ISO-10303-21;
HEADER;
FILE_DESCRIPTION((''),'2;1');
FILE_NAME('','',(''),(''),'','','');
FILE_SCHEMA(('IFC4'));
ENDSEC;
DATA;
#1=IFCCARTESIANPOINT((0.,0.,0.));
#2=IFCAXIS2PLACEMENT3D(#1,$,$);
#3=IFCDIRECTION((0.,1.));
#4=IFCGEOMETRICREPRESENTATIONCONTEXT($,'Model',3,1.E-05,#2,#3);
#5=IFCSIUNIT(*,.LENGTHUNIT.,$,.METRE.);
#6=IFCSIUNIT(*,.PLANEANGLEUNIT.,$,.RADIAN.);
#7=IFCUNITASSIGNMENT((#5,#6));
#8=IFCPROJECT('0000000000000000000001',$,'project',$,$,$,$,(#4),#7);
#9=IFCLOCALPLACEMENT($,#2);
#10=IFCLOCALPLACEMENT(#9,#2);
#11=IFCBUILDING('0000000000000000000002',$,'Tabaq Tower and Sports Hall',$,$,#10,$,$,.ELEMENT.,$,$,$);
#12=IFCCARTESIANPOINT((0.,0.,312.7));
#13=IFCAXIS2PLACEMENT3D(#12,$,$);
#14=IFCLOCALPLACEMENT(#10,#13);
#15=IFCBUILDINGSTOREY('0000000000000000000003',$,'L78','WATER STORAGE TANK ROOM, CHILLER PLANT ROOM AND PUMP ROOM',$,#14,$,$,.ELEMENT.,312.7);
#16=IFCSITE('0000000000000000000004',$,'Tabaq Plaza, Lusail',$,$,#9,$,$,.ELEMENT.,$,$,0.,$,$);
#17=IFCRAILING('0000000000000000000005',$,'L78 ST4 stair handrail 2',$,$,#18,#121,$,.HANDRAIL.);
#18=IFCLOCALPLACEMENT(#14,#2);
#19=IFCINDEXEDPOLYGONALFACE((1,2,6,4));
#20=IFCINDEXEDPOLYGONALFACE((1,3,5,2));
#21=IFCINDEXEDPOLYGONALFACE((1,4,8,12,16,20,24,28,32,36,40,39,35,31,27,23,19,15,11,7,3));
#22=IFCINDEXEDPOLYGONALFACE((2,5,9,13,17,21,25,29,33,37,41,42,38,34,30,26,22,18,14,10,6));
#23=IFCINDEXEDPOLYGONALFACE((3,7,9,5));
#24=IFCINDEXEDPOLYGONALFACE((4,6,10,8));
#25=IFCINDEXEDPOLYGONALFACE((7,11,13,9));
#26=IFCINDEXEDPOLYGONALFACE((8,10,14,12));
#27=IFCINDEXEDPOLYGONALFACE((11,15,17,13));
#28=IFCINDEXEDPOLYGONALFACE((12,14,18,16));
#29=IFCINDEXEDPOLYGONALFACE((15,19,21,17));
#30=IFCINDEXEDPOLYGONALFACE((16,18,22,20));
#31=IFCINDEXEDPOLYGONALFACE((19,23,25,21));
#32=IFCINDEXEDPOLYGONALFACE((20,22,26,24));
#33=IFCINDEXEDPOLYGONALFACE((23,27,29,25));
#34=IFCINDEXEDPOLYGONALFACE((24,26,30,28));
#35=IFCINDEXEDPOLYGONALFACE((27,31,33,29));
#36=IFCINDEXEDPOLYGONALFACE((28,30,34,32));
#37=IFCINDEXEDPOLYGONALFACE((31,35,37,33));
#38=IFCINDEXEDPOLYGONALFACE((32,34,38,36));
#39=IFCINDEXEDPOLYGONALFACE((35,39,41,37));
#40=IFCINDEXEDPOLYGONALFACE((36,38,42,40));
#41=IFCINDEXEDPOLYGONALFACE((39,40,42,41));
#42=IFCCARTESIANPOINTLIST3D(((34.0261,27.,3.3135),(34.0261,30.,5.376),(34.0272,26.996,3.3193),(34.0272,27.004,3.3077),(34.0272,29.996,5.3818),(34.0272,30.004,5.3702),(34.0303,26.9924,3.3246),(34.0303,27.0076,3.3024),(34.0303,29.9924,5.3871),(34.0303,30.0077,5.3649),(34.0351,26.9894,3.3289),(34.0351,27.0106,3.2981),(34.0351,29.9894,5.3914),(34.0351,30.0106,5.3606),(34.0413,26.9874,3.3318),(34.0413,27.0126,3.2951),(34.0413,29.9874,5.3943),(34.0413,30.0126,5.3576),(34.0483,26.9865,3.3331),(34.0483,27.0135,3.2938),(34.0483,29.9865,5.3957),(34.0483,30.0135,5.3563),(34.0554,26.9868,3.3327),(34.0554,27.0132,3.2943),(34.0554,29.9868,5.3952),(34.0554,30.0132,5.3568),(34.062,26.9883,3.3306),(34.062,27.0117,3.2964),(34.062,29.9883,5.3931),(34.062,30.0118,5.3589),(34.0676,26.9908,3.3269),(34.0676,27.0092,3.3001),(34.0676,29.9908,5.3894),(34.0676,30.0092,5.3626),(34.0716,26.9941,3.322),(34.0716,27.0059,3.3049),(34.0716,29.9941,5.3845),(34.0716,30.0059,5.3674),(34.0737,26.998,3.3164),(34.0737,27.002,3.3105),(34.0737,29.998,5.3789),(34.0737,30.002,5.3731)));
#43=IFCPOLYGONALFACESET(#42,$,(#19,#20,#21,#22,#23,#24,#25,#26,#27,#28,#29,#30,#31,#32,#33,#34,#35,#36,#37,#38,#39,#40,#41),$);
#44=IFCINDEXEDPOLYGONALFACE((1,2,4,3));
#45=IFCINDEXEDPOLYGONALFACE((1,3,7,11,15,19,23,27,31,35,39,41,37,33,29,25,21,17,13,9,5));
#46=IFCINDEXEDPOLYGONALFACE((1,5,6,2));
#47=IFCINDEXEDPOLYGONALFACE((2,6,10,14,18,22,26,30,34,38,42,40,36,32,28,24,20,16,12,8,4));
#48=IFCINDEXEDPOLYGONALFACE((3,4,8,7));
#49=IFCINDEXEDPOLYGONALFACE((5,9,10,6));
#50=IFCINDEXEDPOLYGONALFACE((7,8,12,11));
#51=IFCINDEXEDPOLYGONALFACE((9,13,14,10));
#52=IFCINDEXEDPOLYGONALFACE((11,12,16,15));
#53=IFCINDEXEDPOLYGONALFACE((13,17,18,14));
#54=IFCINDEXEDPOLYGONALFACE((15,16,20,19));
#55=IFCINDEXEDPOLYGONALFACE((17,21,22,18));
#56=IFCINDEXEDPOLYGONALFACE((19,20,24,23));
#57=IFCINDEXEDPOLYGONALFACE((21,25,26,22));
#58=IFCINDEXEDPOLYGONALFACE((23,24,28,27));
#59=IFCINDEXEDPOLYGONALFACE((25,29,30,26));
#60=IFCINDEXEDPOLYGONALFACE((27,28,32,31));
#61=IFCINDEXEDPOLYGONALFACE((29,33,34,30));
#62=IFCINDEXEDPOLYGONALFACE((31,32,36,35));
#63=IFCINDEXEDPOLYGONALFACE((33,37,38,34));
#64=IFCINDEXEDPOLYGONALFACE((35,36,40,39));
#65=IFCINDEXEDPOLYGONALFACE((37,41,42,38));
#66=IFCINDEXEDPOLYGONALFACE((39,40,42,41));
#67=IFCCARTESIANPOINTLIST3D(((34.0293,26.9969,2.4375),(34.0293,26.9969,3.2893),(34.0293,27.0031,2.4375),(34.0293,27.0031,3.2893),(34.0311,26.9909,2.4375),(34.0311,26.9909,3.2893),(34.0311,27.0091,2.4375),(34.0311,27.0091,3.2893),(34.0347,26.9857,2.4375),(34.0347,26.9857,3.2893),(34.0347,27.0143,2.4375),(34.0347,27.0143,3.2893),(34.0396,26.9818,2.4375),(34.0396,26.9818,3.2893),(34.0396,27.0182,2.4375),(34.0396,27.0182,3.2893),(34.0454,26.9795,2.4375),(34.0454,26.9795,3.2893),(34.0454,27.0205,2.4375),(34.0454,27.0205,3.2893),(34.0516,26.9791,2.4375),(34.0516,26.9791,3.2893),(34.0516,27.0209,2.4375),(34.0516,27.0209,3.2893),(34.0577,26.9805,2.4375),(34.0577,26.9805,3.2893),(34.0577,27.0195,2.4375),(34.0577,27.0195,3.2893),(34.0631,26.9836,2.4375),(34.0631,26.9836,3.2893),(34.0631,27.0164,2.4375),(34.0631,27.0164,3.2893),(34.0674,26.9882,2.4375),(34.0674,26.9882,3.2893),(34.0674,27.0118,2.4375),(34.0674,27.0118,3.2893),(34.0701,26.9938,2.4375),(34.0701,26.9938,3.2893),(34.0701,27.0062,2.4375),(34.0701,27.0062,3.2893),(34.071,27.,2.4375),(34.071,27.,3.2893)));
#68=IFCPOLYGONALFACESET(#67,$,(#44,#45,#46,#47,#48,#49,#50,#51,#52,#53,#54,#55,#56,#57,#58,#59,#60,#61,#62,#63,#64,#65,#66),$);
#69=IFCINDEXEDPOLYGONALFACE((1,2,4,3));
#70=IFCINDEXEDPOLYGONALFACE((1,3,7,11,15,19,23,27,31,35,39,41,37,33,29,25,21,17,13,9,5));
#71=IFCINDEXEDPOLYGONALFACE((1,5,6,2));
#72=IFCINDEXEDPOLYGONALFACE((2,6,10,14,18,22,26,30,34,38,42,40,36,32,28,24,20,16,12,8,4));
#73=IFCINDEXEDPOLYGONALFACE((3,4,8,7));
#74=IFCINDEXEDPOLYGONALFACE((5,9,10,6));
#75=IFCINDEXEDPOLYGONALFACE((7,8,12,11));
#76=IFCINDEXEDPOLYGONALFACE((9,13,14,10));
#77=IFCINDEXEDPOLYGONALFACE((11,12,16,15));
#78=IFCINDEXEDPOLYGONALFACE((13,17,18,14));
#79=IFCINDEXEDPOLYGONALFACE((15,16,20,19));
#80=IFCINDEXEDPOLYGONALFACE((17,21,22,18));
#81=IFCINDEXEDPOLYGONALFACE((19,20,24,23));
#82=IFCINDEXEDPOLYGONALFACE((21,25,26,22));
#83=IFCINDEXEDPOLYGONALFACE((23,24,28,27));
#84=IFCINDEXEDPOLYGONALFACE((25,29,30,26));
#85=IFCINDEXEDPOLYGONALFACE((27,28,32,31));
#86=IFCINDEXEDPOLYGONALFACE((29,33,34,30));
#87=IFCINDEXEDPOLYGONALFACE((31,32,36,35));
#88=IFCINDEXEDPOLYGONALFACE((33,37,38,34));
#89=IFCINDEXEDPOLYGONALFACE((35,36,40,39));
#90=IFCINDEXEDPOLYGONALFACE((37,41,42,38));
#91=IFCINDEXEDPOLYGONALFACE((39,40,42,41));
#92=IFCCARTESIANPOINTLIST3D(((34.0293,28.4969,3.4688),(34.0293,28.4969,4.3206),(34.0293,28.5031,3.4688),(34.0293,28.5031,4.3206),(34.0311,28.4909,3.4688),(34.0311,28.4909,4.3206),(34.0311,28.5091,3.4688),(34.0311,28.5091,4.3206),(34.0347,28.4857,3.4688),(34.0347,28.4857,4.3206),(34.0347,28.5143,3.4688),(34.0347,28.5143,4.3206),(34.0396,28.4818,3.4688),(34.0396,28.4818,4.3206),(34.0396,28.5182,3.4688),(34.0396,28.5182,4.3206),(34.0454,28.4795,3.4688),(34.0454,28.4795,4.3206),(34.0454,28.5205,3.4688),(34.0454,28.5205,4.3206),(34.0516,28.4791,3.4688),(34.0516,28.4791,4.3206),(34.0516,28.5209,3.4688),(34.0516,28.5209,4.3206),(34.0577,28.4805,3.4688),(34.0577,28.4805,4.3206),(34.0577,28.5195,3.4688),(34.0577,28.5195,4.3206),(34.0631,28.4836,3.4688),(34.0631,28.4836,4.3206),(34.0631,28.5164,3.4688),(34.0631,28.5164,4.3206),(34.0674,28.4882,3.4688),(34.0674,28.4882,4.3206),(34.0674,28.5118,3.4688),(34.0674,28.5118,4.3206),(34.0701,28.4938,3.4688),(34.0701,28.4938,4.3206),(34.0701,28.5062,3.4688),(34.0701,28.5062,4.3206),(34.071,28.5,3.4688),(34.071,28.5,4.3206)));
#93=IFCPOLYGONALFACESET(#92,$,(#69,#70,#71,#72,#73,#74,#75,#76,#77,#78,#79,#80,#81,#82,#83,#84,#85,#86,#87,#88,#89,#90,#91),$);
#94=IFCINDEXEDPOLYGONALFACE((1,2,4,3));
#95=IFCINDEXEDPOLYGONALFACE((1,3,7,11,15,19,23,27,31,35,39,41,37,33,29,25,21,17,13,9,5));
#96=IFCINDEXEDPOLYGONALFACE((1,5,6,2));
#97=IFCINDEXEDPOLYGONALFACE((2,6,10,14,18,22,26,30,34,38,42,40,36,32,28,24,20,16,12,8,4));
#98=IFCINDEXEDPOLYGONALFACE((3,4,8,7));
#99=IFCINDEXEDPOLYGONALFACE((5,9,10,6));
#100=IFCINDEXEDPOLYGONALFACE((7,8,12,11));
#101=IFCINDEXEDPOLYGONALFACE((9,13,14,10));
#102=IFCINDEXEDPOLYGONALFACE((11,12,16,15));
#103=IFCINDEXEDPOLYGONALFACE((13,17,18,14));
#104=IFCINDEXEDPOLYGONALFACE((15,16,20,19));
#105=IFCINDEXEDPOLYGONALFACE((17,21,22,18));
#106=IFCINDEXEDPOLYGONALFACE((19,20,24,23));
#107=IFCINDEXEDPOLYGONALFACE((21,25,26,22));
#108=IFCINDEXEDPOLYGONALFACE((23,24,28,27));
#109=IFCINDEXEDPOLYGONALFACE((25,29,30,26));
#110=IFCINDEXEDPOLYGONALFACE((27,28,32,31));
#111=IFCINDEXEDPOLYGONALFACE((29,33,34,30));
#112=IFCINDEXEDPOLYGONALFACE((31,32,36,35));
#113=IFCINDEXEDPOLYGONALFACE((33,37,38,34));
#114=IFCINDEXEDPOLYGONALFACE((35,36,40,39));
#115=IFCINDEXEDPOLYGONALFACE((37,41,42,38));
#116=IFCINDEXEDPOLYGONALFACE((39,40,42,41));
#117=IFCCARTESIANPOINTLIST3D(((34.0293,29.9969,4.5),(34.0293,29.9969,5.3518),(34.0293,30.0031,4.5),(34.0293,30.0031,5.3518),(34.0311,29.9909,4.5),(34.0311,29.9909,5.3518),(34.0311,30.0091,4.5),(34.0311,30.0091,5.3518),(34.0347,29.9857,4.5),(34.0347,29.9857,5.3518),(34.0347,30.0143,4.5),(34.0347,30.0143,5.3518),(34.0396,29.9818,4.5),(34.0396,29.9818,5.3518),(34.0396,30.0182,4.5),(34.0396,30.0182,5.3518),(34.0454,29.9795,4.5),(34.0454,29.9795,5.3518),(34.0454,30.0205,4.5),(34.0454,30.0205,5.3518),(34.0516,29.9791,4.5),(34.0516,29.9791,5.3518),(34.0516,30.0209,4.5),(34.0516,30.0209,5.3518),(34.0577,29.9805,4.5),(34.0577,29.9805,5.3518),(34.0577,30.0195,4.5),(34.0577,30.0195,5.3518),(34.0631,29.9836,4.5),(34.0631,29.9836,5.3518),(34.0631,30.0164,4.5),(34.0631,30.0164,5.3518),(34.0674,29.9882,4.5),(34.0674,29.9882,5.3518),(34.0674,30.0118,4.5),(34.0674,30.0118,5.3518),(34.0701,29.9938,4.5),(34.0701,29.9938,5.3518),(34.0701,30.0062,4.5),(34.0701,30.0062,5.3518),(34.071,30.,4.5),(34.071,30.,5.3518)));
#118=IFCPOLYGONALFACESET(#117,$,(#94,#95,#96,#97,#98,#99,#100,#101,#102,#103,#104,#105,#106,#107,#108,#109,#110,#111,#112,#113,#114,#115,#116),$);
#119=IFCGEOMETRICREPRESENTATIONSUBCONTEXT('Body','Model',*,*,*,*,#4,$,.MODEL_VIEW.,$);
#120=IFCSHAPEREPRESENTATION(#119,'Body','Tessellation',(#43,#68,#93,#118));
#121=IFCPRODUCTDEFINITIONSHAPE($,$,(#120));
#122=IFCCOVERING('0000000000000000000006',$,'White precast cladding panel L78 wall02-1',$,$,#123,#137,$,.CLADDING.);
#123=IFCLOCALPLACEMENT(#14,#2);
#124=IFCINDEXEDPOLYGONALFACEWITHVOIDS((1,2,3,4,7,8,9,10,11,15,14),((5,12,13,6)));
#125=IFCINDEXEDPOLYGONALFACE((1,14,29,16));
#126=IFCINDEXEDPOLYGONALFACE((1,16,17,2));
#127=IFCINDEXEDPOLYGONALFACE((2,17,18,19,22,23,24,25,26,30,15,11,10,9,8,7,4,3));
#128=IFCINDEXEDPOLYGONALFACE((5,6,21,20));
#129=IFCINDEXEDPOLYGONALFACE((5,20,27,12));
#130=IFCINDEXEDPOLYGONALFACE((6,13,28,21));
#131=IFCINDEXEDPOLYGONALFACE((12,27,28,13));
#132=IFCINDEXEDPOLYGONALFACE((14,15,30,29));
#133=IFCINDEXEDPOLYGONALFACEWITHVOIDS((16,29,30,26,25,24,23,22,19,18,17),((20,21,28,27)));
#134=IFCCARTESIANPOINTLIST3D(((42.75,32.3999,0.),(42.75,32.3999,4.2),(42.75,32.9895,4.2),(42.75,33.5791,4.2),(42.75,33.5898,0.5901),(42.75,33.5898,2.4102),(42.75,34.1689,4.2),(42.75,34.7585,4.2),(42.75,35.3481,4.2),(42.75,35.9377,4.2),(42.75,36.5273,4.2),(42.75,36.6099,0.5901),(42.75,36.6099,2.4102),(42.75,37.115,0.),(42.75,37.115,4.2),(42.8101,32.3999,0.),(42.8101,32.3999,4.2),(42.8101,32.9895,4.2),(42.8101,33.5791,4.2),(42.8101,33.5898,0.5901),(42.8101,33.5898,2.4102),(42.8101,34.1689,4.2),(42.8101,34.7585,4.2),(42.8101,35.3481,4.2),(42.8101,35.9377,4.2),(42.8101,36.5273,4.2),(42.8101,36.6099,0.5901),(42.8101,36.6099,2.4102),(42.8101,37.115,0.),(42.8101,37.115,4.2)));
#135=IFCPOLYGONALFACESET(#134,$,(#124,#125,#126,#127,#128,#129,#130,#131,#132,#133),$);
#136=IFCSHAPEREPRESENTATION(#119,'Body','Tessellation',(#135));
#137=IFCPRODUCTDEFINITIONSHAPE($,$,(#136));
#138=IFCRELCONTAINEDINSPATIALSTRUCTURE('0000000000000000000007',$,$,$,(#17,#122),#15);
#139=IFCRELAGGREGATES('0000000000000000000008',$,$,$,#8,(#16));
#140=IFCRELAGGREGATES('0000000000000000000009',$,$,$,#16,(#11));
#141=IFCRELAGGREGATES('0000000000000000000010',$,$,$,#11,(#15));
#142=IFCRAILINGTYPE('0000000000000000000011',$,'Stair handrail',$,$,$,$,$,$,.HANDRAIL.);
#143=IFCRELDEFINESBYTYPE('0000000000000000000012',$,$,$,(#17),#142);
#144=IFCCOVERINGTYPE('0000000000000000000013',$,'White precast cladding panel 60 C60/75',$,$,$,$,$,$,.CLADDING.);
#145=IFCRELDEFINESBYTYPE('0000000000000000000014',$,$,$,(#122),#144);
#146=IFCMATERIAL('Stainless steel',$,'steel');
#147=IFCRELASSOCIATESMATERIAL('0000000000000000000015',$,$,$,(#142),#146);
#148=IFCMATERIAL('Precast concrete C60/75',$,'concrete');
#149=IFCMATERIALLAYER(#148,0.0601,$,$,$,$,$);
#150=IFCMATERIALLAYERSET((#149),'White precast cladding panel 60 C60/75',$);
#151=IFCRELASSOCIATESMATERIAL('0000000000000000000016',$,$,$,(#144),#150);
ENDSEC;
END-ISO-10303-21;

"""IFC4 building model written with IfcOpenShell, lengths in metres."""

from ifc_helpers import new_model, si_unit, direction, frame, origin, origin_2d, place, context, subcontext, project, spatial, polyline, circle, outline, extrude, material, layer, layer_set, type_object, element, save


model = new_model("IFC4")

# Units and contexts
model_context = context("Model", 3, precision=1e-05, world=origin(), true_north=direction((0.0, 1.0)))
body_context = subcontext(model_context, "Body", "Model", "MODEL_VIEW")
ifc_project = project(units=[si_unit("LENGTHUNIT", "METRE"), si_unit("PLANEANGLEUNIT", "RADIAN")], contexts=[model_context])

# Site, building, storey
site_placement = place(None, origin())
site = spatial("IfcSite", under=ifc_project, at=site_placement, Name="Tabaq Plaza, Lusail", CompositionType="ELEMENT", RefElevation=0.0)
building_placement = place(site_placement, origin())
building = spatial("IfcBuilding", under=site, at=building_placement, Name="Tabaq Tower and Sports Hall", CompositionType="ELEMENT")
storey_placement = place(building_placement, frame((0.0, 0.0, 312.7)))
storey = spatial("IfcBuildingStorey", under=building, at=storey_placement, Name="L78", Description="WATER STORAGE TANK ROOM, CHILLER PLANT ROOM AND PUMP ROOM", CompositionType="ELEMENT", Elevation=312.7)

# Railing
ifc_material_1 = material(Name="Stainless steel", Category="steel")
railing_type_1 = type_object("IfcRailingType", Name="Stair handrail", PredefinedType="HANDRAIL", material=ifc_material_1)
railing_1_placement = place(storey_placement, frame((34.05, 27.0, 2.4375)))
element("IfcRailing", 1, at=railing_1_placement, inside=storey, type_object=railing_type_1, Name="L78 ST4 stair handrail 2", PredefinedType="HANDRAIL", context=body_context, shape_type="SweptSolid", body=[
    extrude(circle(Radius=0.0239, at=origin_2d()), frame((0.0, 0.0, 0.876), z_axis=(0.0, 0.824042, 0.566529), x_axis=(-1.0, 0.0, 0.0)), (0.0, 0.0, 1.0), 3.6406),
    extrude(circle(Radius=0.021, at=origin_2d()), origin(), (0.0, 0.0, 1.0), 0.8518),
    extrude(circle(Radius=0.021, at=origin_2d()), frame((0.0, 1.5, 1.0312)), (0.0, 0.0, 1.0), 0.8518),
    extrude(circle(Radius=0.021, at=origin_2d()), frame((0.0, 3.0, 2.0625)), (0.0, 0.0, 1.0), 0.8518),
])

# Covering
ifc_material_2 = material(Name="Precast concrete C60/75", Category="concrete")
ifc_layer_1 = layer(ifc_material_2, 0.0601)
ifc_layer_set_1 = layer_set([ifc_layer_1], Name="White precast cladding panel 60 C60/75")
covering_type = type_object("IfcCoveringType", Name="White precast cladding panel 60 C60/75", PredefinedType="CLADDING", material=ifc_layer_set_1)
covering_placement = place(storey_placement, frame((42.78, 32.3999, 0.0), z_axis=(0.0, 0.0, 1.0), x_axis=(0.0, 1.0, 0.0)))
element("IfcCovering", 2, at=covering_placement, inside=storey, type_object=covering_type, Name="White precast cladding panel L78 wall02-1", PredefinedType="CLADDING", context=body_context, shape_type="SweptSolid", body=[
    extrude(outline(polyline([(0.0, 0.0), (4.7151, 0.0), (4.7151, 4.2), (4.1274, 4.2), (3.5378, 4.2), (2.9482, 4.2), (2.3586, 4.2), (1.769, 4.2), (1.1792, 4.2), (0.5896, 4.2), (0.0, 4.2), (0.0, 0.0)]), holes=[polyline([(1.1899, 0.5901), (1.1899, 2.4102), (4.21, 2.4102), (4.21, 0.5901), (1.1899, 0.5901)])]), frame((0.0, 0.03, 0.0), z_axis=(0.0, -1.0, 0.0), x_axis=(1.0, 0.0, 0.0)), (0.0, 0.0, 1.0), 0.0601),
])

save(model, "model.ifc")
